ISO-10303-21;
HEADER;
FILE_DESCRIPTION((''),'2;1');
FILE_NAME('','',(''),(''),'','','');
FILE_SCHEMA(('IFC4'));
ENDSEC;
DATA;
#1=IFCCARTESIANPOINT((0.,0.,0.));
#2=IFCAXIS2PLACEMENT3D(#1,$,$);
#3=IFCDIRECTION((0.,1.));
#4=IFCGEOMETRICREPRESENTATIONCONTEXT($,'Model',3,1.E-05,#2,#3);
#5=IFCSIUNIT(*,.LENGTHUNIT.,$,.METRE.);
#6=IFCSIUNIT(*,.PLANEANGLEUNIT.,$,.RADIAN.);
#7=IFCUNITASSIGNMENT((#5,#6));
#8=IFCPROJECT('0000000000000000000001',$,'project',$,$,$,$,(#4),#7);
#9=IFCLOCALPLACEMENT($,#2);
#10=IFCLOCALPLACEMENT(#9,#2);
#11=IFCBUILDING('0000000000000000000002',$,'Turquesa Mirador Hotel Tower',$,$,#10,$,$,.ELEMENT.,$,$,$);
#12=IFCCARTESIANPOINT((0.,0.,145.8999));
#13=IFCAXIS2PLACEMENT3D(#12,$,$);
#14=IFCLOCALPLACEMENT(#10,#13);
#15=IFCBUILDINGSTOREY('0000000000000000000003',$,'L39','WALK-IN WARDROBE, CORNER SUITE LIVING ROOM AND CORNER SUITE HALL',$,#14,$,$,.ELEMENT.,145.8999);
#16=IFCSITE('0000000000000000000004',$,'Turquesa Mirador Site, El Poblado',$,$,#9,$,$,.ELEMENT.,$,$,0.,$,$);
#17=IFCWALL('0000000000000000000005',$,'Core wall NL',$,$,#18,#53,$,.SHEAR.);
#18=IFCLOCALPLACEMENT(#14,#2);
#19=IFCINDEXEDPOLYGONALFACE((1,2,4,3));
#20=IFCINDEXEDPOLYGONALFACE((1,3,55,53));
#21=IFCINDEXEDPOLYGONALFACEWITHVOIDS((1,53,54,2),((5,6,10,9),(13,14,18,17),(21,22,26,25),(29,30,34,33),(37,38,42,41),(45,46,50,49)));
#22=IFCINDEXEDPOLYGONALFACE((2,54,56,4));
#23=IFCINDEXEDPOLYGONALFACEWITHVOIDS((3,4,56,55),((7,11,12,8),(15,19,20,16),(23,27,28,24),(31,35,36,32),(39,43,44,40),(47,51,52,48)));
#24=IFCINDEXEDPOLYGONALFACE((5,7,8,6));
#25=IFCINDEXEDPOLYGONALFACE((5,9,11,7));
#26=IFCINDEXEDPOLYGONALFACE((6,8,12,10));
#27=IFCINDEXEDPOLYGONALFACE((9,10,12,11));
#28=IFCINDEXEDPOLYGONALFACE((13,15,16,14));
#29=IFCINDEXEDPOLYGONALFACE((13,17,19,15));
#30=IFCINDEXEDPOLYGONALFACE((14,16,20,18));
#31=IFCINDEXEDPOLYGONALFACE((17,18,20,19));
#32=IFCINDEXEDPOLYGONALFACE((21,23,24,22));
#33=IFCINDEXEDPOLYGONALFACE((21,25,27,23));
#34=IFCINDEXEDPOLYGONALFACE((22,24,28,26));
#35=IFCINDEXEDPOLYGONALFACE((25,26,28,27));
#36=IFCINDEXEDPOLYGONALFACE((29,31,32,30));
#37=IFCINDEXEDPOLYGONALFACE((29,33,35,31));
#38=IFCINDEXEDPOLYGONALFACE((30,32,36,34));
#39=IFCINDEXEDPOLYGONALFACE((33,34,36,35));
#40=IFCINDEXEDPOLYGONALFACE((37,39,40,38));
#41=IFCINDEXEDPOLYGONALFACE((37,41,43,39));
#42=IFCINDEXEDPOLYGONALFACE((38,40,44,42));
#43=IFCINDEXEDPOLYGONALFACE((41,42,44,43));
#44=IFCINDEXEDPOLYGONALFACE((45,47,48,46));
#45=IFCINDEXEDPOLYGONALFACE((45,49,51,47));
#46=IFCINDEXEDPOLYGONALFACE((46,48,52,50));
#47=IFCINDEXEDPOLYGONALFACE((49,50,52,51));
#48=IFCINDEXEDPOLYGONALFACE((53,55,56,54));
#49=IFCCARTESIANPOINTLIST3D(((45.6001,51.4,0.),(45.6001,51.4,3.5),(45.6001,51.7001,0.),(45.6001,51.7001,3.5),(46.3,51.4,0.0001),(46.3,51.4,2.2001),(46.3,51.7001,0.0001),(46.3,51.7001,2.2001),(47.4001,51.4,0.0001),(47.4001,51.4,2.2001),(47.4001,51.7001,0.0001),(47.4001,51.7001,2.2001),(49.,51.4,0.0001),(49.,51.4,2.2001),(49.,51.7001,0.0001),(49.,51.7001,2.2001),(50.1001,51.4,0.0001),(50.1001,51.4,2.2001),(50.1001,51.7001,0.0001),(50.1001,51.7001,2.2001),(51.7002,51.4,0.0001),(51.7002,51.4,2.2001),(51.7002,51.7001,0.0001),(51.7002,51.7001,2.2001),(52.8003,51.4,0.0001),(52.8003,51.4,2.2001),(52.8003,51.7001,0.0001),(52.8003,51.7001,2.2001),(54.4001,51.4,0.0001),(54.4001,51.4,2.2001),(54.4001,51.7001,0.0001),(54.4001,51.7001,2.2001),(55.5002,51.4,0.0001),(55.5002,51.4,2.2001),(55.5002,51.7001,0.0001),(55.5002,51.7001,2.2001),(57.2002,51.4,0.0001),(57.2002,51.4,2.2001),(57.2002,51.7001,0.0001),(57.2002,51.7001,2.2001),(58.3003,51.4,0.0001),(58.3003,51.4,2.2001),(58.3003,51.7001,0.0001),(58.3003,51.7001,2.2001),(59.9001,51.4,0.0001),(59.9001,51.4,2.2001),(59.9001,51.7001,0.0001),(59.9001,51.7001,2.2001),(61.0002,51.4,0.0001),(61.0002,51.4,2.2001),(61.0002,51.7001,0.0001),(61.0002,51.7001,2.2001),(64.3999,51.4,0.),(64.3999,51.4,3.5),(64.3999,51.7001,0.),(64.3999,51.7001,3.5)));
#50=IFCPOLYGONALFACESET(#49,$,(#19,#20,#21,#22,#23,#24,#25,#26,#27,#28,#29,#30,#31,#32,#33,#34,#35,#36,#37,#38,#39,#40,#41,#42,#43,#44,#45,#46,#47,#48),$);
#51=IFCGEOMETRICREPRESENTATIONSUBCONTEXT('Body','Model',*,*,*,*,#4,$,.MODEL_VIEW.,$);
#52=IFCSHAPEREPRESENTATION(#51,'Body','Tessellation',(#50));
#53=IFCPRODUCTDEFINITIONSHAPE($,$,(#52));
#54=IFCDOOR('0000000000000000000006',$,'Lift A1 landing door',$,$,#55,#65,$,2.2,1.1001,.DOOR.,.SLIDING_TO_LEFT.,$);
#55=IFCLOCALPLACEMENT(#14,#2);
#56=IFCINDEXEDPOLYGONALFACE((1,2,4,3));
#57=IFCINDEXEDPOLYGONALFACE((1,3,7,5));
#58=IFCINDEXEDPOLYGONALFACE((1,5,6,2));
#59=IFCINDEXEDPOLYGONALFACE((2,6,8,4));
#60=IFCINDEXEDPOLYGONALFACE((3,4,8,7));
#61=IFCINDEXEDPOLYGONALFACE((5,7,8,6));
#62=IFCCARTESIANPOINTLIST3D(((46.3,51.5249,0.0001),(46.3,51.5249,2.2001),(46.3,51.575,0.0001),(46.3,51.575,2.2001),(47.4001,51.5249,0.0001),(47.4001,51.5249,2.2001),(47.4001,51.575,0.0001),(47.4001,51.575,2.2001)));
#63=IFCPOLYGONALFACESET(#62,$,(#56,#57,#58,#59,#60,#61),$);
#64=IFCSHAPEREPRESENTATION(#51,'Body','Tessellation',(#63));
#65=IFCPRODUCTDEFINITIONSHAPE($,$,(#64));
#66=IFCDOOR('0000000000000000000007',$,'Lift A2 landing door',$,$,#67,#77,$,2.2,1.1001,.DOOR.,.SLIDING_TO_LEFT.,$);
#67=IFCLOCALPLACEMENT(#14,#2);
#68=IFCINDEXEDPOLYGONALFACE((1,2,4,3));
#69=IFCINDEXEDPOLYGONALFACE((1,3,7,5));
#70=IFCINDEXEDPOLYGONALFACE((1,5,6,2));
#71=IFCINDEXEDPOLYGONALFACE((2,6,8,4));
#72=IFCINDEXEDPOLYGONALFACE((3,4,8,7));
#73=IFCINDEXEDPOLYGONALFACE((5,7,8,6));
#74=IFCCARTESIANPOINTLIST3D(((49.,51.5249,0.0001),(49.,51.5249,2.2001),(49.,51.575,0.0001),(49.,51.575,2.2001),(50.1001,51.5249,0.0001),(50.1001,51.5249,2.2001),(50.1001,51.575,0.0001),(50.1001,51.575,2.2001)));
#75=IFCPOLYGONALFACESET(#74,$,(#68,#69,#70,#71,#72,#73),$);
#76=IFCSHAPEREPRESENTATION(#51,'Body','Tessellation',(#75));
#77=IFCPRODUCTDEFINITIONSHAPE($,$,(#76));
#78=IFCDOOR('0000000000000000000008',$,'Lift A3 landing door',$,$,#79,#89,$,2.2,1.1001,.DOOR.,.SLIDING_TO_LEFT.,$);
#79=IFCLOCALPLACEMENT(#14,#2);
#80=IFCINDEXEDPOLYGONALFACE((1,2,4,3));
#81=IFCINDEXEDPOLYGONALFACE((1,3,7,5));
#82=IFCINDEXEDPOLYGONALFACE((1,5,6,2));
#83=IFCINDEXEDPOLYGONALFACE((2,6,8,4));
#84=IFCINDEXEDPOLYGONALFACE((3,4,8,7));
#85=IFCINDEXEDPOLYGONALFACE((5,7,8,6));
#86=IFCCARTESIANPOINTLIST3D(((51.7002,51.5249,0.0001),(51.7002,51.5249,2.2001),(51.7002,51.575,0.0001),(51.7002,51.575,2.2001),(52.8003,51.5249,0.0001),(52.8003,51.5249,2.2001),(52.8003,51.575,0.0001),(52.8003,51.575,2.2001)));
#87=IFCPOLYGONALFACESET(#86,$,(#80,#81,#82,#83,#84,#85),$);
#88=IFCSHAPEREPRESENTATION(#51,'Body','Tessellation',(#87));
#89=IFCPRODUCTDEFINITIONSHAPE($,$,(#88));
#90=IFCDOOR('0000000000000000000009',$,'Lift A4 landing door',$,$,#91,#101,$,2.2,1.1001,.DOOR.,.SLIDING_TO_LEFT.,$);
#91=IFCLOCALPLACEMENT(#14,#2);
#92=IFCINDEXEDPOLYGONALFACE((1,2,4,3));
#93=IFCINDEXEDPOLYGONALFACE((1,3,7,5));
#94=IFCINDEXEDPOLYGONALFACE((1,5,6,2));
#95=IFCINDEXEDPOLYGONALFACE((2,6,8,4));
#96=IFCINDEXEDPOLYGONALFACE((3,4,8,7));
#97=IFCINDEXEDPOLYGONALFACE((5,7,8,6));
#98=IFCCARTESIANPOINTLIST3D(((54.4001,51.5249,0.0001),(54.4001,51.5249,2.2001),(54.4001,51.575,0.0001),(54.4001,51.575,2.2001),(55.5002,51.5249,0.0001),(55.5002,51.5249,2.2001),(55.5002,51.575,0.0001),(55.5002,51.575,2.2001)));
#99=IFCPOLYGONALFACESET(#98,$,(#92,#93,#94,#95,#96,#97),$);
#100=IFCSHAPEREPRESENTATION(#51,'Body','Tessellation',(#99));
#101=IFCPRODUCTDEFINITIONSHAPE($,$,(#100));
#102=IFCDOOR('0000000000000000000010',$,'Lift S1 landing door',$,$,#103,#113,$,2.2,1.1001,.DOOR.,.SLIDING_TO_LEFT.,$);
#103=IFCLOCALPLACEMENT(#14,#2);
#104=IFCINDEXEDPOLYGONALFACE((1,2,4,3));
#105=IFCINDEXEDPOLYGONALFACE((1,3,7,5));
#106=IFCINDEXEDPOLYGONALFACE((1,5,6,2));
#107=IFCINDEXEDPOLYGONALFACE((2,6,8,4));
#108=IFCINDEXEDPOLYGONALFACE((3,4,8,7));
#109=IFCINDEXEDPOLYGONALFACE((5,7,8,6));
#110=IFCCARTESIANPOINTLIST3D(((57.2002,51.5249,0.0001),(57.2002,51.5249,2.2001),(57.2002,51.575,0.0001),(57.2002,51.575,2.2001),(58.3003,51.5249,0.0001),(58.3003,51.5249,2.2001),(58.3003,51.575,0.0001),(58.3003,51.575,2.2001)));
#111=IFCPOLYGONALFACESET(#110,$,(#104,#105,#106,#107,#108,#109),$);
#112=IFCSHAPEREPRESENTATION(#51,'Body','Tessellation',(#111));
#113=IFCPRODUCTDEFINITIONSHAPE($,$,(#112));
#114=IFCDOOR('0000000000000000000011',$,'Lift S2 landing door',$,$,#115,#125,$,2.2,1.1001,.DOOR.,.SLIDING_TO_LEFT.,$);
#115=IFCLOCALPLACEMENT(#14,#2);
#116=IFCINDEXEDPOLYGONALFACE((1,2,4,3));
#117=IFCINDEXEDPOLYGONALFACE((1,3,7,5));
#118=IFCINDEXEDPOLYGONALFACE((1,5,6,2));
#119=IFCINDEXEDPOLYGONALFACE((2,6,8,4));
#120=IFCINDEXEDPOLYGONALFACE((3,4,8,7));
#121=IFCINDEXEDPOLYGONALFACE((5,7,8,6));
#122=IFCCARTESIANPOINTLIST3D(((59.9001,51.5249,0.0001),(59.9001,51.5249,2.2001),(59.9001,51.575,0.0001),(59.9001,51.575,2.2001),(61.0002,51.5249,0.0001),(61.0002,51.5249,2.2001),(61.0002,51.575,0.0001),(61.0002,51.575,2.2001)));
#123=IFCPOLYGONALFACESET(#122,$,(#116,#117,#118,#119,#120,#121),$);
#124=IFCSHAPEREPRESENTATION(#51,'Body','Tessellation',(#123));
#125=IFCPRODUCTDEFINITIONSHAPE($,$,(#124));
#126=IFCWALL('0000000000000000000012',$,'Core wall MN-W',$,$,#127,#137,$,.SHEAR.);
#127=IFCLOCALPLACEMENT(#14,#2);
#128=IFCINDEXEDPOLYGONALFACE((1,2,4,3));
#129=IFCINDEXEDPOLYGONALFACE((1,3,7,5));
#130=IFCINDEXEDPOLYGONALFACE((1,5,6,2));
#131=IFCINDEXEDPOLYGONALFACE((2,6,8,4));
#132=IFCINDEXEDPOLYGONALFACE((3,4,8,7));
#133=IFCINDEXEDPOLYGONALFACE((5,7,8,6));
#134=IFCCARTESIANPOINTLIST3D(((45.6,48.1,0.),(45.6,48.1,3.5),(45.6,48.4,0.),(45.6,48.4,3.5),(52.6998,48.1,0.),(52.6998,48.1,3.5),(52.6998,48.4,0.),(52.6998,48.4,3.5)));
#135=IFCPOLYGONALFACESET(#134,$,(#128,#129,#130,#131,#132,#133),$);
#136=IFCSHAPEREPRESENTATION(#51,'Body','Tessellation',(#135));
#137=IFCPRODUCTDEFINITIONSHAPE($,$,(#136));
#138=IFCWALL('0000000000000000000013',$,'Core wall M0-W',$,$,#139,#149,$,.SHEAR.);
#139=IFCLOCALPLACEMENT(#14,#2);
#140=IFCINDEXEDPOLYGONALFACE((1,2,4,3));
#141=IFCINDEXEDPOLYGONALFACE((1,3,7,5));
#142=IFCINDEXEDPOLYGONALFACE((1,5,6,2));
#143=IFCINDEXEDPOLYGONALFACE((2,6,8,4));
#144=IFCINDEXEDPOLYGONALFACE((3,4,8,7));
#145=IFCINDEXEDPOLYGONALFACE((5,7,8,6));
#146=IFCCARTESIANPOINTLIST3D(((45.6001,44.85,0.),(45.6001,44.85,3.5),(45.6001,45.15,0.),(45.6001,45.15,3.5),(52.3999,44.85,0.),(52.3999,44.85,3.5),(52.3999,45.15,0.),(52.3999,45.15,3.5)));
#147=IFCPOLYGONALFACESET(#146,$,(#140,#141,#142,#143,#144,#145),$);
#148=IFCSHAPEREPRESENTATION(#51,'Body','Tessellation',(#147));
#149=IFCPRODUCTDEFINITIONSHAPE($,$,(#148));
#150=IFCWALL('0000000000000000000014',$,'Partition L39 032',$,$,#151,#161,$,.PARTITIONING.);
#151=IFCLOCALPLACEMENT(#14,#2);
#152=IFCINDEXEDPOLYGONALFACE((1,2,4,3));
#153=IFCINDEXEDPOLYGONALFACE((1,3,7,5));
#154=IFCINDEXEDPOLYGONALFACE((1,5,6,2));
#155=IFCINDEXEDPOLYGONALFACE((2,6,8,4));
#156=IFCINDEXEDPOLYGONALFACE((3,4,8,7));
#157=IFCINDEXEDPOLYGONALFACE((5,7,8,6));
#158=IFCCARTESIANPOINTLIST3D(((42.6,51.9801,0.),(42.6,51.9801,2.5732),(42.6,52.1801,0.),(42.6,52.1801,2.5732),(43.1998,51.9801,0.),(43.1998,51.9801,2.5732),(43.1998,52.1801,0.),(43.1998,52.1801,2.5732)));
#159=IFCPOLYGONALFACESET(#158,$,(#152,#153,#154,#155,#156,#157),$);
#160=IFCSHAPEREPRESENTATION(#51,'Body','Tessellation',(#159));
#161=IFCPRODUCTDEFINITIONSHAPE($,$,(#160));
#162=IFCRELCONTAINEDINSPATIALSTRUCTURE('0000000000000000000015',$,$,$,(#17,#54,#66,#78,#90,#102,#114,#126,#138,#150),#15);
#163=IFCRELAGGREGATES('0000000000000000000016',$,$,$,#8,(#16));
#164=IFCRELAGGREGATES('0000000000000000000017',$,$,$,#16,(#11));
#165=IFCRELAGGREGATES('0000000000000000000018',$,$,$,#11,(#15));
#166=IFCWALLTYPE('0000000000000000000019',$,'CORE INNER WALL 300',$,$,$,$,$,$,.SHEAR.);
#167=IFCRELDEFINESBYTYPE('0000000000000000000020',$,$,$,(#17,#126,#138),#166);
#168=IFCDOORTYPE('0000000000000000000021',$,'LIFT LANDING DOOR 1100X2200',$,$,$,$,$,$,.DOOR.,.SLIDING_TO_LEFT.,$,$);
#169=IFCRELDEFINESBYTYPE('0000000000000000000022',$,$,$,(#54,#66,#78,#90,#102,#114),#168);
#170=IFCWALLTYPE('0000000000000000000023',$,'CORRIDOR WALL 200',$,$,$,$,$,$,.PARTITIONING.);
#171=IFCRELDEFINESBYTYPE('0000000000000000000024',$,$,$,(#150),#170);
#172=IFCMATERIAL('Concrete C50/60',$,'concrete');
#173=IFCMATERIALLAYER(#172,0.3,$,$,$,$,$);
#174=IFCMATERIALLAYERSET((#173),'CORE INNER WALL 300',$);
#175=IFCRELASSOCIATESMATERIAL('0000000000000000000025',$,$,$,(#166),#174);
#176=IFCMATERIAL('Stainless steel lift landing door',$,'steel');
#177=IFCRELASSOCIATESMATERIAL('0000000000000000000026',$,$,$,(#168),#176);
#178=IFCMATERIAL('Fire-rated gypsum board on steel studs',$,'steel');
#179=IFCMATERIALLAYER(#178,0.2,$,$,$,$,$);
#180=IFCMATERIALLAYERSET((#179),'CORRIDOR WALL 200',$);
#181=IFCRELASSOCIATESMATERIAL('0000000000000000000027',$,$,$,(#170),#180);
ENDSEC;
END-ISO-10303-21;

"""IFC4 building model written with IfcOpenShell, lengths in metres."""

from ifc_helpers import new_model, si_unit, direction, frame, frame_2d, origin, place, context, subcontext, project, spatial, rectangle, extrude, material, layer, layer_set, type_object, element, fill, save


model = new_model("IFC4")

# Units and contexts
model_context = context("Model", 3, precision=1e-05, world=origin(), true_north=direction((0.0, 1.0)))
body_context = subcontext(model_context, "Body", "Model", "MODEL_VIEW")
ifc_project = project(units=[si_unit("LENGTHUNIT", "METRE"), si_unit("PLANEANGLEUNIT", "RADIAN")], contexts=[model_context])

# Site, building, storey
site_placement = place(None, origin())
site = spatial("IfcSite", under=ifc_project, at=site_placement, Name="Turquesa Mirador Site, El Poblado", CompositionType="ELEMENT", RefElevation=0.0)
building_placement = place(site_placement, origin())
building = spatial("IfcBuilding", under=site, at=building_placement, Name="Turquesa Mirador Hotel Tower", CompositionType="ELEMENT")
storey_placement = place(building_placement, frame((0.0, 0.0, 145.8999)))
storey = spatial("IfcBuildingStorey", under=building, at=storey_placement, Name="L39", Description="WALK-IN WARDROBE, CORNER SUITE LIVING ROOM AND CORNER SUITE HALL", CompositionType="ELEMENT", Elevation=145.8999)

# Wall, openings, doors
ifc_material_1 = material(Name="Concrete C50/60", Category="concrete")
ifc_layer_1 = layer(ifc_material_1, 0.3)
ifc_layer_set_1 = layer_set([ifc_layer_1], Name="CORE INNER WALL 300")
wall_type_1 = type_object("IfcWallType", Name="CORE INNER WALL 300", PredefinedType="SHEAR", material=ifc_layer_set_1)
wall_1_placement = place(storey_placement, frame((45.6001, 51.55, 0.0), z_axis=(0.0, 0.0, 1.0), x_axis=(1.0, 0.0, 0.0)))
wall_1 = element("IfcWall", 1, at=wall_1_placement, inside=storey, type_object=wall_type_1, Name="Core wall NL", PredefinedType="SHEAR", context=body_context, shape_type="SweptSolid", body=[
    extrude(rectangle(XDim=18.7998, YDim=0.3, at=frame_2d((9.3999, 0.0))), origin(), (0.0, 0.0, 1.0), 3.5),
])
opening_1_placement = place(wall_1_placement, frame((0.7, 0.0, 0.0)))
opening_1 = element("IfcOpeningElement", 2, at=opening_1_placement, cuts=wall_1, PredefinedType="OPENING", context=body_context, shape_type="SweptSolid", body=[
    extrude(rectangle(XDim=1.1001, YDim=2.2, at=frame_2d((0.55, 1.1001))), frame((0.0, 0.1599, 0.0), z_axis=(0.0, -1.0, 0.0), x_axis=(1.0, 0.0, 0.0)), (0.0, 0.0, 1.0), 0.3201),
])
opening_2_placement = place(wall_1_placement, frame((3.3999, 0.0, 0.0)))
opening_2 = element("IfcOpeningElement", 3, at=opening_2_placement, cuts=wall_1, PredefinedType="OPENING", context=body_context, shape_type="SweptSolid", body=[
    extrude(rectangle(XDim=1.1001, YDim=2.2, at=frame_2d((0.55, 1.1001))), frame((0.0, 0.1599, 0.0), z_axis=(0.0, -1.0, 0.0), x_axis=(1.0, 0.0, 0.0)), (0.0, 0.0, 1.0), 0.3201),
])
opening_3_placement = place(wall_1_placement, frame((6.1001, 0.0, 0.0)))
opening_3 = element("IfcOpeningElement", 4, at=opening_3_placement, cuts=wall_1, PredefinedType="OPENING", context=body_context, shape_type="SweptSolid", body=[
    extrude(rectangle(XDim=1.1001, YDim=2.2, at=frame_2d((0.55, 1.1001))), frame((0.0, 0.1599, 0.0), z_axis=(0.0, -1.0, 0.0), x_axis=(1.0, 0.0, 0.0)), (0.0, 0.0, 1.0), 0.3201),
])
opening_4_placement = place(wall_1_placement, frame((8.8, 0.0, 0.0)))
opening_4 = element("IfcOpeningElement", 5, at=opening_4_placement, cuts=wall_1, PredefinedType="OPENING", context=body_context, shape_type="SweptSolid", body=[
    extrude(rectangle(XDim=1.1001, YDim=2.2, at=frame_2d((0.55, 1.1001))), frame((0.0, 0.1599, 0.0), z_axis=(0.0, -1.0, 0.0), x_axis=(1.0, 0.0, 0.0)), (0.0, 0.0, 1.0), 0.3201),
])
opening_5_placement = place(wall_1_placement, frame((11.6001, 0.0, 0.0)))
opening_5 = element("IfcOpeningElement", 6, at=opening_5_placement, cuts=wall_1, PredefinedType="OPENING", context=body_context, shape_type="SweptSolid", body=[
    extrude(rectangle(XDim=1.1001, YDim=2.2, at=frame_2d((0.55, 1.1001))), frame((0.0, 0.1599, 0.0), z_axis=(0.0, -1.0, 0.0), x_axis=(1.0, 0.0, 0.0)), (0.0, 0.0, 1.0), 0.3201),
])
opening_6_placement = place(wall_1_placement, frame((14.3, 0.0, 0.0)))
opening_6 = element("IfcOpeningElement", 7, at=opening_6_placement, cuts=wall_1, PredefinedType="OPENING", context=body_context, shape_type="SweptSolid", body=[
    extrude(rectangle(XDim=1.1001, YDim=2.2, at=frame_2d((0.55, 1.1001))), frame((0.0, 0.1599, 0.0), z_axis=(0.0, -1.0, 0.0), x_axis=(1.0, 0.0, 0.0)), (0.0, 0.0, 1.0), 0.3201),
])
ifc_material_2 = material(Name="Stainless steel lift landing door", Category="steel")
door_type_1 = type_object("IfcDoorType", Name="LIFT LANDING DOOR 1100X2200", OperationType="SLIDING_TO_LEFT", PredefinedType="DOOR", material=ifc_material_2)
door_1_placement = place(opening_1_placement, origin())
door_1 = element("IfcDoor", 8, at=door_1_placement, inside=storey, type_object=door_type_1, Name="Lift A1 landing door", OperationType="SLIDING_TO_LEFT", OverallHeight=2.2, OverallWidth=1.1001, PredefinedType="DOOR", context=body_context, shape_type="SweptSolid", body=[
    extrude(rectangle(XDim=1.1001, YDim=2.2, at=frame_2d((0.55, 1.1001))), frame((0.0, 0.0249, 0.0), z_axis=(0.0, -1.0, 0.0), x_axis=(1.0, 0.0, 0.0)), (0.0, 0.0, 1.0), 0.05),
])
fill(opening_1, door_1)
door_2_placement = place(opening_2_placement, origin())
door_2 = element("IfcDoor", 9, at=door_2_placement, inside=storey, type_object=door_type_1, Name="Lift A2 landing door", OperationType="SLIDING_TO_LEFT", OverallHeight=2.2, OverallWidth=1.1001, PredefinedType="DOOR", context=body_context, shape_type="SweptSolid", body=[
    extrude(rectangle(XDim=1.1001, YDim=2.2, at=frame_2d((0.55, 1.1001))), frame((0.0, 0.0249, 0.0), z_axis=(0.0, -1.0, 0.0), x_axis=(1.0, 0.0, 0.0)), (0.0, 0.0, 1.0), 0.05),
])
fill(opening_2, door_2)
door_3_placement = place(opening_3_placement, origin())
door_3 = element("IfcDoor", 10, at=door_3_placement, inside=storey, type_object=door_type_1, Name="Lift A3 landing door", OperationType="SLIDING_TO_LEFT", OverallHeight=2.2, OverallWidth=1.1001, PredefinedType="DOOR", context=body_context, shape_type="SweptSolid", body=[
    extrude(rectangle(XDim=1.1001, YDim=2.2, at=frame_2d((0.55, 1.1001))), frame((0.0, 0.0249, 0.0), z_axis=(0.0, -1.0, 0.0), x_axis=(1.0, 0.0, 0.0)), (0.0, 0.0, 1.0), 0.05),
])
fill(opening_3, door_3)
door_4_placement = place(opening_4_placement, origin())
door_4 = element("IfcDoor", 11, at=door_4_placement, inside=storey, type_object=door_type_1, Name="Lift A4 landing door", OperationType="SLIDING_TO_LEFT", OverallHeight=2.2, OverallWidth=1.1001, PredefinedType="DOOR", context=body_context, shape_type="SweptSolid", body=[
    extrude(rectangle(XDim=1.1001, YDim=2.2, at=frame_2d((0.55, 1.1001))), frame((0.0, 0.0249, 0.0), z_axis=(0.0, -1.0, 0.0), x_axis=(1.0, 0.0, 0.0)), (0.0, 0.0, 1.0), 0.05),
])
fill(opening_4, door_4)
door_5_placement = place(opening_5_placement, origin())
door_5 = element("IfcDoor", 12, at=door_5_placement, inside=storey, type_object=door_type_1, Name="Lift S1 landing door", OperationType="SLIDING_TO_LEFT", OverallHeight=2.2, OverallWidth=1.1001, PredefinedType="DOOR", context=body_context, shape_type="SweptSolid", body=[
    extrude(rectangle(XDim=1.1001, YDim=2.2, at=frame_2d((0.55, 1.1001))), frame((0.0, 0.0249, 0.0), z_axis=(0.0, -1.0, 0.0), x_axis=(1.0, 0.0, 0.0)), (0.0, 0.0, 1.0), 0.05),
])
fill(opening_5, door_5)
door_6_placement = place(opening_6_placement, origin())
door_6 = element("IfcDoor", 13, at=door_6_placement, inside=storey, type_object=door_type_1, Name="Lift S2 landing door", OperationType="SLIDING_TO_LEFT", OverallHeight=2.2, OverallWidth=1.1001, PredefinedType="DOOR", context=body_context, shape_type="SweptSolid", body=[
    extrude(rectangle(XDim=1.1001, YDim=2.2, at=frame_2d((0.55, 1.1001))), frame((0.0, 0.0249, 0.0), z_axis=(0.0, -1.0, 0.0), x_axis=(1.0, 0.0, 0.0)), (0.0, 0.0, 1.0), 0.05),
])
fill(opening_6, door_6)

# Walls
wall_2_placement = place(storey_placement, frame((45.6001, 48.25, 0.0), z_axis=(0.0, 0.0, 1.0), x_axis=(1.0, 0.0, 0.0)))
element("IfcWall", 14, at=wall_2_placement, inside=storey, type_object=wall_type_1, Name="Core wall MN-W", PredefinedType="SHEAR", context=body_context, shape_type="SweptSolid", body=[
    extrude(rectangle(XDim=7.0999, YDim=0.3, at=frame_2d((3.5498, 0.0))), origin(), (0.0, 0.0, 1.0), 3.5),
])
wall_3_placement = place(storey_placement, frame((45.6001, 45.0, 0.0), z_axis=(0.0, 0.0, 1.0), x_axis=(1.0, 0.0, 0.0)))
element("IfcWall", 15, at=wall_3_placement, inside=storey, type_object=wall_type_1, Name="Core wall M0-W", PredefinedType="SHEAR", context=body_context, shape_type="SweptSolid", body=[
    extrude(rectangle(XDim=6.7998, YDim=0.3, at=frame_2d((3.3999, 0.0))), origin(), (0.0, 0.0, 1.0), 3.5),
])
ifc_material_3 = material(Name="Fire-rated gypsum board on steel studs", Category="steel")
ifc_layer_2 = layer(ifc_material_3, 0.2)
ifc_layer_set_2 = layer_set([ifc_layer_2], Name="CORRIDOR WALL 200")
wall_type_2 = type_object("IfcWallType", Name="CORRIDOR WALL 200", PredefinedType="PARTITIONING", material=ifc_layer_set_2)
wall_4_placement = place(storey_placement, frame((42.6001, 52.0801, 0.0), z_axis=(0.0, 0.0, 1.0), x_axis=(1.0, 0.0, 0.0)))
element("IfcWall", 16, at=wall_4_placement, inside=storey, type_object=wall_type_2, Name="Partition L39 032", PredefinedType="PARTITIONING", context=body_context, shape_type="SweptSolid", body=[
    extrude(rectangle(XDim=0.5999, YDim=0.2, at=frame_2d((0.2998, 0.0))), origin(), (0.0, 0.0, 1.0), 2.5732),
])

save(model, "model.ifc")
